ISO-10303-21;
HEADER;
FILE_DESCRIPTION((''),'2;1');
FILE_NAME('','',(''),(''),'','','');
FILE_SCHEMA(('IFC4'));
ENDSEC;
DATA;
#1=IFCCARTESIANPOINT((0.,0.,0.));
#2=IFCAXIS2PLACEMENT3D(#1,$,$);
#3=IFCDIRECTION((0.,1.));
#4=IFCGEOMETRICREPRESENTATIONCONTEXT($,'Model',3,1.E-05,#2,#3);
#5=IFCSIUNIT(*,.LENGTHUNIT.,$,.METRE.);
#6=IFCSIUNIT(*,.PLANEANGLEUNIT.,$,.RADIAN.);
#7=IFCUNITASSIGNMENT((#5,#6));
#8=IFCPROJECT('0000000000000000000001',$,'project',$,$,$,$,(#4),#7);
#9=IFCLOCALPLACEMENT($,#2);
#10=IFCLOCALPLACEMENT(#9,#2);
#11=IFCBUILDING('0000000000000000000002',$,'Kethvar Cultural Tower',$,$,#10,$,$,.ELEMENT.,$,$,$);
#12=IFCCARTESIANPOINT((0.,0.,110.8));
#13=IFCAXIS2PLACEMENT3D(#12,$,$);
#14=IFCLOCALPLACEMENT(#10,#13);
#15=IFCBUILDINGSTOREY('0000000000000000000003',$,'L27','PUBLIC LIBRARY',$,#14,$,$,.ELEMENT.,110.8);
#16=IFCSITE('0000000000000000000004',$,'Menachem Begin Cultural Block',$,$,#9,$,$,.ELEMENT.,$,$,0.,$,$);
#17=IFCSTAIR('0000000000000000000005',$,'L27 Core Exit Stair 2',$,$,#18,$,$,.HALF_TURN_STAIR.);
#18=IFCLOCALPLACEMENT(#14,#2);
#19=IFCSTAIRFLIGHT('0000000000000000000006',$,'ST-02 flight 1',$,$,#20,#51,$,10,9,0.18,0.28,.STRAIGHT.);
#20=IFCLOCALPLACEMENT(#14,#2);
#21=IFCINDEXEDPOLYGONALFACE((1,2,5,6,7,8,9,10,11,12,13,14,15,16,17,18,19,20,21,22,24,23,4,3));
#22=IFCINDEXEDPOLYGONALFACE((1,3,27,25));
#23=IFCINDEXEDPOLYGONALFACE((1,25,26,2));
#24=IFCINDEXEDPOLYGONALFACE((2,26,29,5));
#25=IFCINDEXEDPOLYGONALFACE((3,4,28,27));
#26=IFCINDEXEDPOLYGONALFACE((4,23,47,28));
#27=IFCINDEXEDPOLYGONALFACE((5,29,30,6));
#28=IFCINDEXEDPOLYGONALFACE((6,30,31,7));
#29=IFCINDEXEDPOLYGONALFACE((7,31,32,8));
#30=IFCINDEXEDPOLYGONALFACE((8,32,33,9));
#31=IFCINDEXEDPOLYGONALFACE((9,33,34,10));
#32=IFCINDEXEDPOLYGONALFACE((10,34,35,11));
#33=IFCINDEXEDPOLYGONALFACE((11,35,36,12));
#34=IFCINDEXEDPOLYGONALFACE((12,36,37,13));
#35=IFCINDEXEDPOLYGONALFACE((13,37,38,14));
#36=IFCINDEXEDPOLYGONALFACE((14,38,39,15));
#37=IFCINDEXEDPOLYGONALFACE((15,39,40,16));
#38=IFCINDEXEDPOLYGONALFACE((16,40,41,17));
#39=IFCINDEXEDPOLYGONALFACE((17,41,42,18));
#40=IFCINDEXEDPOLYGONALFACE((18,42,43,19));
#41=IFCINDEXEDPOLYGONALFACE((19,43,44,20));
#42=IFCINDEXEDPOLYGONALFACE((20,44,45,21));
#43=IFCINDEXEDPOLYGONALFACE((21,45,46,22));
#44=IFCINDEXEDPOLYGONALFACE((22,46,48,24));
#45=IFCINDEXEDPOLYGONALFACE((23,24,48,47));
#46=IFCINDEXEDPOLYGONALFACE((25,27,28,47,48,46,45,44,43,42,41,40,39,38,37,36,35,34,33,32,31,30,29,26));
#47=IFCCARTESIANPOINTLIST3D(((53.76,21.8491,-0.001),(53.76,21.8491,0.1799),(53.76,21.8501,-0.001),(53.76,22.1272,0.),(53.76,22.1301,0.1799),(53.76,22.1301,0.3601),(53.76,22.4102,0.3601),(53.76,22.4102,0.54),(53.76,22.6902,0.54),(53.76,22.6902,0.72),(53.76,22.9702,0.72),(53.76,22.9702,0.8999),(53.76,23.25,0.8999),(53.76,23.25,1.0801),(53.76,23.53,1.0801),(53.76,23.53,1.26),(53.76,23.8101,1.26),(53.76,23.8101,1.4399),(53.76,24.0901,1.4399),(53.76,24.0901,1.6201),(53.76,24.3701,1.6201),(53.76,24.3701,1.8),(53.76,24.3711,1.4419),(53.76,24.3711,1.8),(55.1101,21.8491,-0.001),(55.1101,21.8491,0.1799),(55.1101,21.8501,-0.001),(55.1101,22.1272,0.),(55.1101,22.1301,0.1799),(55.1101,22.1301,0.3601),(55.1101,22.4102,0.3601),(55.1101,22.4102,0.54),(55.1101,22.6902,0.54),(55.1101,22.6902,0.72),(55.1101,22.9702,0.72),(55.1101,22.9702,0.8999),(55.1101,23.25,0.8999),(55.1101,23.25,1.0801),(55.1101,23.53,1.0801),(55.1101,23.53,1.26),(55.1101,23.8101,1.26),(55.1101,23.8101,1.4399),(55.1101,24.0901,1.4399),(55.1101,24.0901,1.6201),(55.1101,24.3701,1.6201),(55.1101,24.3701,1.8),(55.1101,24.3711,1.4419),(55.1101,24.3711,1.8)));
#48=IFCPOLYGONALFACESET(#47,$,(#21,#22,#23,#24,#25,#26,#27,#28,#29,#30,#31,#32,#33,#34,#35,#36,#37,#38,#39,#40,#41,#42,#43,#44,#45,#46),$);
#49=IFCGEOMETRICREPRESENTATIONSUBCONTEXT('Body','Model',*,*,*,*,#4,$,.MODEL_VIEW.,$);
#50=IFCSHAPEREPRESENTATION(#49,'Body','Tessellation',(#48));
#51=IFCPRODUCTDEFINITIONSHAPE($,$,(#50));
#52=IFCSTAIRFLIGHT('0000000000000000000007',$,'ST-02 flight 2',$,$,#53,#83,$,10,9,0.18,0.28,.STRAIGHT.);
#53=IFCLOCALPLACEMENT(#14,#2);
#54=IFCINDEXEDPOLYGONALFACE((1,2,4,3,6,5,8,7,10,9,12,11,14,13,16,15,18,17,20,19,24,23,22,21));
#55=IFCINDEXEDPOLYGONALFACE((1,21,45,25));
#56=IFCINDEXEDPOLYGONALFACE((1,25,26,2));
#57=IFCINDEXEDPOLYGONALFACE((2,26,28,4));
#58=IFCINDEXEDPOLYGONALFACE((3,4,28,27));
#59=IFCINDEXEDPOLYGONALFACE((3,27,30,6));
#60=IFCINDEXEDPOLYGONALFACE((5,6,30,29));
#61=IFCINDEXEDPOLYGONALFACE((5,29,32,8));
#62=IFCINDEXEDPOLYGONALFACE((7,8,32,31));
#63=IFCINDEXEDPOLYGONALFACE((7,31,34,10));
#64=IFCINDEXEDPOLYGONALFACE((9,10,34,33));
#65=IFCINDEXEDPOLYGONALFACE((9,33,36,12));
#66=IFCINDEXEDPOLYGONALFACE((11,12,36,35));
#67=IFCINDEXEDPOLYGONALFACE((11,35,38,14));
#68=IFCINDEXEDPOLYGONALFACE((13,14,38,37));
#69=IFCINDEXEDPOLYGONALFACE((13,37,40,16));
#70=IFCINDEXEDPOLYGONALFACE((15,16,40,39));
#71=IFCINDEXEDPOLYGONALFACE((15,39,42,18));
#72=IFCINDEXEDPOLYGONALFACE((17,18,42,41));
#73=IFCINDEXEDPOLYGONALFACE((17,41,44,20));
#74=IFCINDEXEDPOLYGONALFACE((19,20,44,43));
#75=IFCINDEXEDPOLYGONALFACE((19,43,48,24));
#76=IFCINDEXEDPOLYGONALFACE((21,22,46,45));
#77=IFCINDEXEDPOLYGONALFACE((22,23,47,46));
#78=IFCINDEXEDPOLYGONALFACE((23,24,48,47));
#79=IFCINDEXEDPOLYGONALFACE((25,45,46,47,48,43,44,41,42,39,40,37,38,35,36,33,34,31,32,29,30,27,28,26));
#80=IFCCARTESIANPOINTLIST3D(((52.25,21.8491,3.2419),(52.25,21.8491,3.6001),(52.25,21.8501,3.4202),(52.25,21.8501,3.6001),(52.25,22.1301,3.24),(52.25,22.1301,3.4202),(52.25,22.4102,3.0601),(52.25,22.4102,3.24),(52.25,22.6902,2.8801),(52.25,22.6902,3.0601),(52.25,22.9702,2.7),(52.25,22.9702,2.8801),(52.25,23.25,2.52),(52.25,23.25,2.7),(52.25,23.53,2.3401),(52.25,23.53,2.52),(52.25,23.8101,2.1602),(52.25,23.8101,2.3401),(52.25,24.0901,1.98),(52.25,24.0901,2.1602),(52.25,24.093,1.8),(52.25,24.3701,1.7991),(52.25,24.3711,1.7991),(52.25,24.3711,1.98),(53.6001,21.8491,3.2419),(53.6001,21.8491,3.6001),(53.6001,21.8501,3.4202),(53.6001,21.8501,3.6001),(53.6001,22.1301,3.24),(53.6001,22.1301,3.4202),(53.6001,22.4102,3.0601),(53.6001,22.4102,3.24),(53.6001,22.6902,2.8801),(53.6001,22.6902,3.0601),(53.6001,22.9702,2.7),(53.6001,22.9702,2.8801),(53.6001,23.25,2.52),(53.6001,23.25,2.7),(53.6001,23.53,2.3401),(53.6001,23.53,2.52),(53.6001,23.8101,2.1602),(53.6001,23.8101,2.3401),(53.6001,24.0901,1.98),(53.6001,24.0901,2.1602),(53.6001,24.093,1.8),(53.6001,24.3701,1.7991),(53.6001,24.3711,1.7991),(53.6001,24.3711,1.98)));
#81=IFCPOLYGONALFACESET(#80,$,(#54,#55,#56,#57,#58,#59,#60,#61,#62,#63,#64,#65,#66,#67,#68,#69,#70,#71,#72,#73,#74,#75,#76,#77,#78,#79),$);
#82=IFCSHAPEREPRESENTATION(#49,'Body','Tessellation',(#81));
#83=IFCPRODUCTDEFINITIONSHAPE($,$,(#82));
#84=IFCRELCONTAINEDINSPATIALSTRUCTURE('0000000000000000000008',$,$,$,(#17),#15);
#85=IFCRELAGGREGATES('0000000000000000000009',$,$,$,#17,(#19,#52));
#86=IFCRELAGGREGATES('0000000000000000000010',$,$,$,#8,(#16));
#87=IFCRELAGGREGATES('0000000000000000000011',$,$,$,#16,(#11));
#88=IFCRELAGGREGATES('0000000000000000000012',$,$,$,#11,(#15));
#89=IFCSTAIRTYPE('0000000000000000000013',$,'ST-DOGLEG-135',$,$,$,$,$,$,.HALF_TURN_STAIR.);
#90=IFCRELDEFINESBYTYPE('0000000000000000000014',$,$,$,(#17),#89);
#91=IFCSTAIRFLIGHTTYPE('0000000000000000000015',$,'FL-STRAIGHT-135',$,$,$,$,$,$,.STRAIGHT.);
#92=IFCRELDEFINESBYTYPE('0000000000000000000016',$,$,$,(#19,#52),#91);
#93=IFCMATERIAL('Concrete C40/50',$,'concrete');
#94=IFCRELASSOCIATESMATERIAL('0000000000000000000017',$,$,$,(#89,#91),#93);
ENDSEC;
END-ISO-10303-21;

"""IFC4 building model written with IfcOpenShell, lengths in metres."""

from ifc_helpers import new_model, si_unit, direction, frame, origin, place, context, subcontext, project, spatial, polyline, outline, extrude, material, type_object, element, aggregate, save


model = new_model("IFC4")

# Units and contexts
model_context = context("Model", 3, precision=1e-05, world=origin(), true_north=direction((0.0, 1.0)))
body_context = subcontext(model_context, "Body", "Model", "MODEL_VIEW")
ifc_project = project(units=[si_unit("LENGTHUNIT", "METRE"), si_unit("PLANEANGLEUNIT", "RADIAN")], contexts=[model_context])

# Site, building, storey
site_placement = place(None, origin())
site = spatial("IfcSite", under=ifc_project, at=site_placement, Name="Menachem Begin Cultural Block", CompositionType="ELEMENT", RefElevation=0.0)
building_placement = place(site_placement, origin())
building = spatial("IfcBuilding", under=site, at=building_placement, Name="Kethvar Cultural Tower", CompositionType="ELEMENT")
storey_placement = place(building_placement, frame((0.0, 0.0, 110.8)))
storey = spatial("IfcBuildingStorey", under=building, at=storey_placement, Name="L27", Description="PUBLIC LIBRARY", CompositionType="ELEMENT", Elevation=110.8)

# Stair, stair flights
ifc_material_1 = material(Name="Concrete C40/50", Category="concrete")
stair_type = type_object("IfcStairType", Name="ST-DOGLEG-135", PredefinedType="HALF_TURN_STAIR", material=ifc_material_1)
stair_placement = place(storey_placement, origin())
stair = element("IfcStair", 1, at=stair_placement, inside=storey, type_object=stair_type, Name="L27 Core Exit Stair 2", PredefinedType="HALF_TURN_STAIR")
stair_flight_type = type_object("IfcStairFlightType", Name="FL-STRAIGHT-135", PredefinedType="STRAIGHT", material=ifc_material_1)
stair_flight_1_placement = place(storey_placement, frame((54.4351, 21.8501, 0.0), z_axis=(0.0, 0.0, 1.0), x_axis=(0.0, 1.0, 0.0)))
stair_flight_1 = element("IfcStairFlight", 2, at=stair_flight_1_placement, type_object=stair_flight_type, Name="ST-02 flight 1", NumberOfRisers=10, NumberOfTreads=9, PredefinedType="STRAIGHT", RiserHeight=0.18, TreadLength=0.28, context=body_context, shape_type="SweptSolid", body=[
    extrude(outline(polyline([(-0.001, -0.001), (-0.001, 0.1799), (0.28, 0.1799), (0.28, 0.3601), (0.5601, 0.3601), (0.5601, 0.54), (0.8401, 0.54), (0.8401, 0.72), (1.1201, 0.72), (1.1201, 0.8999), (1.3999, 0.8999), (1.3999, 1.0801), (1.6799, 1.0801), (1.6799, 1.26), (1.96, 1.26), (1.96, 1.4399), (2.24, 1.4399), (2.24, 1.6201), (2.52, 1.6201), (2.52, 1.8), (2.521, 1.8), (2.521, 1.4419), (0.2771, 0.0), (0.0, -0.001), (-0.001, -0.001)])), frame((0.0, 0.675, 0.0), z_axis=(0.0, -1.0, 0.0), x_axis=(1.0, 0.0, 0.0)), (0.0, 0.0, 1.0), 1.3501),
])
stair_flight_2_placement = place(storey_placement, frame((52.925, 24.3701, 1.8), z_axis=(0.0, 0.0, 1.0), x_axis=(0.0, -1.0, 0.0)))
stair_flight_2 = element("IfcStairFlight", 3, at=stair_flight_2_placement, type_object=stair_flight_type, Name="ST-02 flight 2", NumberOfRisers=10, NumberOfTreads=9, PredefinedType="STRAIGHT", RiserHeight=0.18, TreadLength=0.28, context=body_context, shape_type="SweptSolid", body=[
    extrude(outline(polyline([(-0.001, -0.001), (-0.001, 0.1799), (0.28, 0.1799), (0.28, 0.3601), (0.5601, 0.3601), (0.5601, 0.54), (0.8401, 0.54), (0.8401, 0.72), (1.1201, 0.72), (1.1201, 0.8999), (1.3999, 0.8999), (1.3999, 1.0801), (1.6799, 1.0801), (1.6799, 1.26), (1.96, 1.26), (1.96, 1.4399), (2.24, 1.4399), (2.24, 1.6201), (2.52, 1.6201), (2.52, 1.8), (2.521, 1.8), (2.521, 1.4419), (0.2771, 0.0), (0.0, -0.001), (-0.001, -0.001)])), frame((0.0, 0.675, 0.0), z_axis=(0.0, -1.0, 0.0), x_axis=(1.0, 0.0, 0.0)), (0.0, 0.0, 1.0), 1.3501),
])
aggregate(stair, [stair_flight_1, stair_flight_2])

save(model, "model.ifc")
